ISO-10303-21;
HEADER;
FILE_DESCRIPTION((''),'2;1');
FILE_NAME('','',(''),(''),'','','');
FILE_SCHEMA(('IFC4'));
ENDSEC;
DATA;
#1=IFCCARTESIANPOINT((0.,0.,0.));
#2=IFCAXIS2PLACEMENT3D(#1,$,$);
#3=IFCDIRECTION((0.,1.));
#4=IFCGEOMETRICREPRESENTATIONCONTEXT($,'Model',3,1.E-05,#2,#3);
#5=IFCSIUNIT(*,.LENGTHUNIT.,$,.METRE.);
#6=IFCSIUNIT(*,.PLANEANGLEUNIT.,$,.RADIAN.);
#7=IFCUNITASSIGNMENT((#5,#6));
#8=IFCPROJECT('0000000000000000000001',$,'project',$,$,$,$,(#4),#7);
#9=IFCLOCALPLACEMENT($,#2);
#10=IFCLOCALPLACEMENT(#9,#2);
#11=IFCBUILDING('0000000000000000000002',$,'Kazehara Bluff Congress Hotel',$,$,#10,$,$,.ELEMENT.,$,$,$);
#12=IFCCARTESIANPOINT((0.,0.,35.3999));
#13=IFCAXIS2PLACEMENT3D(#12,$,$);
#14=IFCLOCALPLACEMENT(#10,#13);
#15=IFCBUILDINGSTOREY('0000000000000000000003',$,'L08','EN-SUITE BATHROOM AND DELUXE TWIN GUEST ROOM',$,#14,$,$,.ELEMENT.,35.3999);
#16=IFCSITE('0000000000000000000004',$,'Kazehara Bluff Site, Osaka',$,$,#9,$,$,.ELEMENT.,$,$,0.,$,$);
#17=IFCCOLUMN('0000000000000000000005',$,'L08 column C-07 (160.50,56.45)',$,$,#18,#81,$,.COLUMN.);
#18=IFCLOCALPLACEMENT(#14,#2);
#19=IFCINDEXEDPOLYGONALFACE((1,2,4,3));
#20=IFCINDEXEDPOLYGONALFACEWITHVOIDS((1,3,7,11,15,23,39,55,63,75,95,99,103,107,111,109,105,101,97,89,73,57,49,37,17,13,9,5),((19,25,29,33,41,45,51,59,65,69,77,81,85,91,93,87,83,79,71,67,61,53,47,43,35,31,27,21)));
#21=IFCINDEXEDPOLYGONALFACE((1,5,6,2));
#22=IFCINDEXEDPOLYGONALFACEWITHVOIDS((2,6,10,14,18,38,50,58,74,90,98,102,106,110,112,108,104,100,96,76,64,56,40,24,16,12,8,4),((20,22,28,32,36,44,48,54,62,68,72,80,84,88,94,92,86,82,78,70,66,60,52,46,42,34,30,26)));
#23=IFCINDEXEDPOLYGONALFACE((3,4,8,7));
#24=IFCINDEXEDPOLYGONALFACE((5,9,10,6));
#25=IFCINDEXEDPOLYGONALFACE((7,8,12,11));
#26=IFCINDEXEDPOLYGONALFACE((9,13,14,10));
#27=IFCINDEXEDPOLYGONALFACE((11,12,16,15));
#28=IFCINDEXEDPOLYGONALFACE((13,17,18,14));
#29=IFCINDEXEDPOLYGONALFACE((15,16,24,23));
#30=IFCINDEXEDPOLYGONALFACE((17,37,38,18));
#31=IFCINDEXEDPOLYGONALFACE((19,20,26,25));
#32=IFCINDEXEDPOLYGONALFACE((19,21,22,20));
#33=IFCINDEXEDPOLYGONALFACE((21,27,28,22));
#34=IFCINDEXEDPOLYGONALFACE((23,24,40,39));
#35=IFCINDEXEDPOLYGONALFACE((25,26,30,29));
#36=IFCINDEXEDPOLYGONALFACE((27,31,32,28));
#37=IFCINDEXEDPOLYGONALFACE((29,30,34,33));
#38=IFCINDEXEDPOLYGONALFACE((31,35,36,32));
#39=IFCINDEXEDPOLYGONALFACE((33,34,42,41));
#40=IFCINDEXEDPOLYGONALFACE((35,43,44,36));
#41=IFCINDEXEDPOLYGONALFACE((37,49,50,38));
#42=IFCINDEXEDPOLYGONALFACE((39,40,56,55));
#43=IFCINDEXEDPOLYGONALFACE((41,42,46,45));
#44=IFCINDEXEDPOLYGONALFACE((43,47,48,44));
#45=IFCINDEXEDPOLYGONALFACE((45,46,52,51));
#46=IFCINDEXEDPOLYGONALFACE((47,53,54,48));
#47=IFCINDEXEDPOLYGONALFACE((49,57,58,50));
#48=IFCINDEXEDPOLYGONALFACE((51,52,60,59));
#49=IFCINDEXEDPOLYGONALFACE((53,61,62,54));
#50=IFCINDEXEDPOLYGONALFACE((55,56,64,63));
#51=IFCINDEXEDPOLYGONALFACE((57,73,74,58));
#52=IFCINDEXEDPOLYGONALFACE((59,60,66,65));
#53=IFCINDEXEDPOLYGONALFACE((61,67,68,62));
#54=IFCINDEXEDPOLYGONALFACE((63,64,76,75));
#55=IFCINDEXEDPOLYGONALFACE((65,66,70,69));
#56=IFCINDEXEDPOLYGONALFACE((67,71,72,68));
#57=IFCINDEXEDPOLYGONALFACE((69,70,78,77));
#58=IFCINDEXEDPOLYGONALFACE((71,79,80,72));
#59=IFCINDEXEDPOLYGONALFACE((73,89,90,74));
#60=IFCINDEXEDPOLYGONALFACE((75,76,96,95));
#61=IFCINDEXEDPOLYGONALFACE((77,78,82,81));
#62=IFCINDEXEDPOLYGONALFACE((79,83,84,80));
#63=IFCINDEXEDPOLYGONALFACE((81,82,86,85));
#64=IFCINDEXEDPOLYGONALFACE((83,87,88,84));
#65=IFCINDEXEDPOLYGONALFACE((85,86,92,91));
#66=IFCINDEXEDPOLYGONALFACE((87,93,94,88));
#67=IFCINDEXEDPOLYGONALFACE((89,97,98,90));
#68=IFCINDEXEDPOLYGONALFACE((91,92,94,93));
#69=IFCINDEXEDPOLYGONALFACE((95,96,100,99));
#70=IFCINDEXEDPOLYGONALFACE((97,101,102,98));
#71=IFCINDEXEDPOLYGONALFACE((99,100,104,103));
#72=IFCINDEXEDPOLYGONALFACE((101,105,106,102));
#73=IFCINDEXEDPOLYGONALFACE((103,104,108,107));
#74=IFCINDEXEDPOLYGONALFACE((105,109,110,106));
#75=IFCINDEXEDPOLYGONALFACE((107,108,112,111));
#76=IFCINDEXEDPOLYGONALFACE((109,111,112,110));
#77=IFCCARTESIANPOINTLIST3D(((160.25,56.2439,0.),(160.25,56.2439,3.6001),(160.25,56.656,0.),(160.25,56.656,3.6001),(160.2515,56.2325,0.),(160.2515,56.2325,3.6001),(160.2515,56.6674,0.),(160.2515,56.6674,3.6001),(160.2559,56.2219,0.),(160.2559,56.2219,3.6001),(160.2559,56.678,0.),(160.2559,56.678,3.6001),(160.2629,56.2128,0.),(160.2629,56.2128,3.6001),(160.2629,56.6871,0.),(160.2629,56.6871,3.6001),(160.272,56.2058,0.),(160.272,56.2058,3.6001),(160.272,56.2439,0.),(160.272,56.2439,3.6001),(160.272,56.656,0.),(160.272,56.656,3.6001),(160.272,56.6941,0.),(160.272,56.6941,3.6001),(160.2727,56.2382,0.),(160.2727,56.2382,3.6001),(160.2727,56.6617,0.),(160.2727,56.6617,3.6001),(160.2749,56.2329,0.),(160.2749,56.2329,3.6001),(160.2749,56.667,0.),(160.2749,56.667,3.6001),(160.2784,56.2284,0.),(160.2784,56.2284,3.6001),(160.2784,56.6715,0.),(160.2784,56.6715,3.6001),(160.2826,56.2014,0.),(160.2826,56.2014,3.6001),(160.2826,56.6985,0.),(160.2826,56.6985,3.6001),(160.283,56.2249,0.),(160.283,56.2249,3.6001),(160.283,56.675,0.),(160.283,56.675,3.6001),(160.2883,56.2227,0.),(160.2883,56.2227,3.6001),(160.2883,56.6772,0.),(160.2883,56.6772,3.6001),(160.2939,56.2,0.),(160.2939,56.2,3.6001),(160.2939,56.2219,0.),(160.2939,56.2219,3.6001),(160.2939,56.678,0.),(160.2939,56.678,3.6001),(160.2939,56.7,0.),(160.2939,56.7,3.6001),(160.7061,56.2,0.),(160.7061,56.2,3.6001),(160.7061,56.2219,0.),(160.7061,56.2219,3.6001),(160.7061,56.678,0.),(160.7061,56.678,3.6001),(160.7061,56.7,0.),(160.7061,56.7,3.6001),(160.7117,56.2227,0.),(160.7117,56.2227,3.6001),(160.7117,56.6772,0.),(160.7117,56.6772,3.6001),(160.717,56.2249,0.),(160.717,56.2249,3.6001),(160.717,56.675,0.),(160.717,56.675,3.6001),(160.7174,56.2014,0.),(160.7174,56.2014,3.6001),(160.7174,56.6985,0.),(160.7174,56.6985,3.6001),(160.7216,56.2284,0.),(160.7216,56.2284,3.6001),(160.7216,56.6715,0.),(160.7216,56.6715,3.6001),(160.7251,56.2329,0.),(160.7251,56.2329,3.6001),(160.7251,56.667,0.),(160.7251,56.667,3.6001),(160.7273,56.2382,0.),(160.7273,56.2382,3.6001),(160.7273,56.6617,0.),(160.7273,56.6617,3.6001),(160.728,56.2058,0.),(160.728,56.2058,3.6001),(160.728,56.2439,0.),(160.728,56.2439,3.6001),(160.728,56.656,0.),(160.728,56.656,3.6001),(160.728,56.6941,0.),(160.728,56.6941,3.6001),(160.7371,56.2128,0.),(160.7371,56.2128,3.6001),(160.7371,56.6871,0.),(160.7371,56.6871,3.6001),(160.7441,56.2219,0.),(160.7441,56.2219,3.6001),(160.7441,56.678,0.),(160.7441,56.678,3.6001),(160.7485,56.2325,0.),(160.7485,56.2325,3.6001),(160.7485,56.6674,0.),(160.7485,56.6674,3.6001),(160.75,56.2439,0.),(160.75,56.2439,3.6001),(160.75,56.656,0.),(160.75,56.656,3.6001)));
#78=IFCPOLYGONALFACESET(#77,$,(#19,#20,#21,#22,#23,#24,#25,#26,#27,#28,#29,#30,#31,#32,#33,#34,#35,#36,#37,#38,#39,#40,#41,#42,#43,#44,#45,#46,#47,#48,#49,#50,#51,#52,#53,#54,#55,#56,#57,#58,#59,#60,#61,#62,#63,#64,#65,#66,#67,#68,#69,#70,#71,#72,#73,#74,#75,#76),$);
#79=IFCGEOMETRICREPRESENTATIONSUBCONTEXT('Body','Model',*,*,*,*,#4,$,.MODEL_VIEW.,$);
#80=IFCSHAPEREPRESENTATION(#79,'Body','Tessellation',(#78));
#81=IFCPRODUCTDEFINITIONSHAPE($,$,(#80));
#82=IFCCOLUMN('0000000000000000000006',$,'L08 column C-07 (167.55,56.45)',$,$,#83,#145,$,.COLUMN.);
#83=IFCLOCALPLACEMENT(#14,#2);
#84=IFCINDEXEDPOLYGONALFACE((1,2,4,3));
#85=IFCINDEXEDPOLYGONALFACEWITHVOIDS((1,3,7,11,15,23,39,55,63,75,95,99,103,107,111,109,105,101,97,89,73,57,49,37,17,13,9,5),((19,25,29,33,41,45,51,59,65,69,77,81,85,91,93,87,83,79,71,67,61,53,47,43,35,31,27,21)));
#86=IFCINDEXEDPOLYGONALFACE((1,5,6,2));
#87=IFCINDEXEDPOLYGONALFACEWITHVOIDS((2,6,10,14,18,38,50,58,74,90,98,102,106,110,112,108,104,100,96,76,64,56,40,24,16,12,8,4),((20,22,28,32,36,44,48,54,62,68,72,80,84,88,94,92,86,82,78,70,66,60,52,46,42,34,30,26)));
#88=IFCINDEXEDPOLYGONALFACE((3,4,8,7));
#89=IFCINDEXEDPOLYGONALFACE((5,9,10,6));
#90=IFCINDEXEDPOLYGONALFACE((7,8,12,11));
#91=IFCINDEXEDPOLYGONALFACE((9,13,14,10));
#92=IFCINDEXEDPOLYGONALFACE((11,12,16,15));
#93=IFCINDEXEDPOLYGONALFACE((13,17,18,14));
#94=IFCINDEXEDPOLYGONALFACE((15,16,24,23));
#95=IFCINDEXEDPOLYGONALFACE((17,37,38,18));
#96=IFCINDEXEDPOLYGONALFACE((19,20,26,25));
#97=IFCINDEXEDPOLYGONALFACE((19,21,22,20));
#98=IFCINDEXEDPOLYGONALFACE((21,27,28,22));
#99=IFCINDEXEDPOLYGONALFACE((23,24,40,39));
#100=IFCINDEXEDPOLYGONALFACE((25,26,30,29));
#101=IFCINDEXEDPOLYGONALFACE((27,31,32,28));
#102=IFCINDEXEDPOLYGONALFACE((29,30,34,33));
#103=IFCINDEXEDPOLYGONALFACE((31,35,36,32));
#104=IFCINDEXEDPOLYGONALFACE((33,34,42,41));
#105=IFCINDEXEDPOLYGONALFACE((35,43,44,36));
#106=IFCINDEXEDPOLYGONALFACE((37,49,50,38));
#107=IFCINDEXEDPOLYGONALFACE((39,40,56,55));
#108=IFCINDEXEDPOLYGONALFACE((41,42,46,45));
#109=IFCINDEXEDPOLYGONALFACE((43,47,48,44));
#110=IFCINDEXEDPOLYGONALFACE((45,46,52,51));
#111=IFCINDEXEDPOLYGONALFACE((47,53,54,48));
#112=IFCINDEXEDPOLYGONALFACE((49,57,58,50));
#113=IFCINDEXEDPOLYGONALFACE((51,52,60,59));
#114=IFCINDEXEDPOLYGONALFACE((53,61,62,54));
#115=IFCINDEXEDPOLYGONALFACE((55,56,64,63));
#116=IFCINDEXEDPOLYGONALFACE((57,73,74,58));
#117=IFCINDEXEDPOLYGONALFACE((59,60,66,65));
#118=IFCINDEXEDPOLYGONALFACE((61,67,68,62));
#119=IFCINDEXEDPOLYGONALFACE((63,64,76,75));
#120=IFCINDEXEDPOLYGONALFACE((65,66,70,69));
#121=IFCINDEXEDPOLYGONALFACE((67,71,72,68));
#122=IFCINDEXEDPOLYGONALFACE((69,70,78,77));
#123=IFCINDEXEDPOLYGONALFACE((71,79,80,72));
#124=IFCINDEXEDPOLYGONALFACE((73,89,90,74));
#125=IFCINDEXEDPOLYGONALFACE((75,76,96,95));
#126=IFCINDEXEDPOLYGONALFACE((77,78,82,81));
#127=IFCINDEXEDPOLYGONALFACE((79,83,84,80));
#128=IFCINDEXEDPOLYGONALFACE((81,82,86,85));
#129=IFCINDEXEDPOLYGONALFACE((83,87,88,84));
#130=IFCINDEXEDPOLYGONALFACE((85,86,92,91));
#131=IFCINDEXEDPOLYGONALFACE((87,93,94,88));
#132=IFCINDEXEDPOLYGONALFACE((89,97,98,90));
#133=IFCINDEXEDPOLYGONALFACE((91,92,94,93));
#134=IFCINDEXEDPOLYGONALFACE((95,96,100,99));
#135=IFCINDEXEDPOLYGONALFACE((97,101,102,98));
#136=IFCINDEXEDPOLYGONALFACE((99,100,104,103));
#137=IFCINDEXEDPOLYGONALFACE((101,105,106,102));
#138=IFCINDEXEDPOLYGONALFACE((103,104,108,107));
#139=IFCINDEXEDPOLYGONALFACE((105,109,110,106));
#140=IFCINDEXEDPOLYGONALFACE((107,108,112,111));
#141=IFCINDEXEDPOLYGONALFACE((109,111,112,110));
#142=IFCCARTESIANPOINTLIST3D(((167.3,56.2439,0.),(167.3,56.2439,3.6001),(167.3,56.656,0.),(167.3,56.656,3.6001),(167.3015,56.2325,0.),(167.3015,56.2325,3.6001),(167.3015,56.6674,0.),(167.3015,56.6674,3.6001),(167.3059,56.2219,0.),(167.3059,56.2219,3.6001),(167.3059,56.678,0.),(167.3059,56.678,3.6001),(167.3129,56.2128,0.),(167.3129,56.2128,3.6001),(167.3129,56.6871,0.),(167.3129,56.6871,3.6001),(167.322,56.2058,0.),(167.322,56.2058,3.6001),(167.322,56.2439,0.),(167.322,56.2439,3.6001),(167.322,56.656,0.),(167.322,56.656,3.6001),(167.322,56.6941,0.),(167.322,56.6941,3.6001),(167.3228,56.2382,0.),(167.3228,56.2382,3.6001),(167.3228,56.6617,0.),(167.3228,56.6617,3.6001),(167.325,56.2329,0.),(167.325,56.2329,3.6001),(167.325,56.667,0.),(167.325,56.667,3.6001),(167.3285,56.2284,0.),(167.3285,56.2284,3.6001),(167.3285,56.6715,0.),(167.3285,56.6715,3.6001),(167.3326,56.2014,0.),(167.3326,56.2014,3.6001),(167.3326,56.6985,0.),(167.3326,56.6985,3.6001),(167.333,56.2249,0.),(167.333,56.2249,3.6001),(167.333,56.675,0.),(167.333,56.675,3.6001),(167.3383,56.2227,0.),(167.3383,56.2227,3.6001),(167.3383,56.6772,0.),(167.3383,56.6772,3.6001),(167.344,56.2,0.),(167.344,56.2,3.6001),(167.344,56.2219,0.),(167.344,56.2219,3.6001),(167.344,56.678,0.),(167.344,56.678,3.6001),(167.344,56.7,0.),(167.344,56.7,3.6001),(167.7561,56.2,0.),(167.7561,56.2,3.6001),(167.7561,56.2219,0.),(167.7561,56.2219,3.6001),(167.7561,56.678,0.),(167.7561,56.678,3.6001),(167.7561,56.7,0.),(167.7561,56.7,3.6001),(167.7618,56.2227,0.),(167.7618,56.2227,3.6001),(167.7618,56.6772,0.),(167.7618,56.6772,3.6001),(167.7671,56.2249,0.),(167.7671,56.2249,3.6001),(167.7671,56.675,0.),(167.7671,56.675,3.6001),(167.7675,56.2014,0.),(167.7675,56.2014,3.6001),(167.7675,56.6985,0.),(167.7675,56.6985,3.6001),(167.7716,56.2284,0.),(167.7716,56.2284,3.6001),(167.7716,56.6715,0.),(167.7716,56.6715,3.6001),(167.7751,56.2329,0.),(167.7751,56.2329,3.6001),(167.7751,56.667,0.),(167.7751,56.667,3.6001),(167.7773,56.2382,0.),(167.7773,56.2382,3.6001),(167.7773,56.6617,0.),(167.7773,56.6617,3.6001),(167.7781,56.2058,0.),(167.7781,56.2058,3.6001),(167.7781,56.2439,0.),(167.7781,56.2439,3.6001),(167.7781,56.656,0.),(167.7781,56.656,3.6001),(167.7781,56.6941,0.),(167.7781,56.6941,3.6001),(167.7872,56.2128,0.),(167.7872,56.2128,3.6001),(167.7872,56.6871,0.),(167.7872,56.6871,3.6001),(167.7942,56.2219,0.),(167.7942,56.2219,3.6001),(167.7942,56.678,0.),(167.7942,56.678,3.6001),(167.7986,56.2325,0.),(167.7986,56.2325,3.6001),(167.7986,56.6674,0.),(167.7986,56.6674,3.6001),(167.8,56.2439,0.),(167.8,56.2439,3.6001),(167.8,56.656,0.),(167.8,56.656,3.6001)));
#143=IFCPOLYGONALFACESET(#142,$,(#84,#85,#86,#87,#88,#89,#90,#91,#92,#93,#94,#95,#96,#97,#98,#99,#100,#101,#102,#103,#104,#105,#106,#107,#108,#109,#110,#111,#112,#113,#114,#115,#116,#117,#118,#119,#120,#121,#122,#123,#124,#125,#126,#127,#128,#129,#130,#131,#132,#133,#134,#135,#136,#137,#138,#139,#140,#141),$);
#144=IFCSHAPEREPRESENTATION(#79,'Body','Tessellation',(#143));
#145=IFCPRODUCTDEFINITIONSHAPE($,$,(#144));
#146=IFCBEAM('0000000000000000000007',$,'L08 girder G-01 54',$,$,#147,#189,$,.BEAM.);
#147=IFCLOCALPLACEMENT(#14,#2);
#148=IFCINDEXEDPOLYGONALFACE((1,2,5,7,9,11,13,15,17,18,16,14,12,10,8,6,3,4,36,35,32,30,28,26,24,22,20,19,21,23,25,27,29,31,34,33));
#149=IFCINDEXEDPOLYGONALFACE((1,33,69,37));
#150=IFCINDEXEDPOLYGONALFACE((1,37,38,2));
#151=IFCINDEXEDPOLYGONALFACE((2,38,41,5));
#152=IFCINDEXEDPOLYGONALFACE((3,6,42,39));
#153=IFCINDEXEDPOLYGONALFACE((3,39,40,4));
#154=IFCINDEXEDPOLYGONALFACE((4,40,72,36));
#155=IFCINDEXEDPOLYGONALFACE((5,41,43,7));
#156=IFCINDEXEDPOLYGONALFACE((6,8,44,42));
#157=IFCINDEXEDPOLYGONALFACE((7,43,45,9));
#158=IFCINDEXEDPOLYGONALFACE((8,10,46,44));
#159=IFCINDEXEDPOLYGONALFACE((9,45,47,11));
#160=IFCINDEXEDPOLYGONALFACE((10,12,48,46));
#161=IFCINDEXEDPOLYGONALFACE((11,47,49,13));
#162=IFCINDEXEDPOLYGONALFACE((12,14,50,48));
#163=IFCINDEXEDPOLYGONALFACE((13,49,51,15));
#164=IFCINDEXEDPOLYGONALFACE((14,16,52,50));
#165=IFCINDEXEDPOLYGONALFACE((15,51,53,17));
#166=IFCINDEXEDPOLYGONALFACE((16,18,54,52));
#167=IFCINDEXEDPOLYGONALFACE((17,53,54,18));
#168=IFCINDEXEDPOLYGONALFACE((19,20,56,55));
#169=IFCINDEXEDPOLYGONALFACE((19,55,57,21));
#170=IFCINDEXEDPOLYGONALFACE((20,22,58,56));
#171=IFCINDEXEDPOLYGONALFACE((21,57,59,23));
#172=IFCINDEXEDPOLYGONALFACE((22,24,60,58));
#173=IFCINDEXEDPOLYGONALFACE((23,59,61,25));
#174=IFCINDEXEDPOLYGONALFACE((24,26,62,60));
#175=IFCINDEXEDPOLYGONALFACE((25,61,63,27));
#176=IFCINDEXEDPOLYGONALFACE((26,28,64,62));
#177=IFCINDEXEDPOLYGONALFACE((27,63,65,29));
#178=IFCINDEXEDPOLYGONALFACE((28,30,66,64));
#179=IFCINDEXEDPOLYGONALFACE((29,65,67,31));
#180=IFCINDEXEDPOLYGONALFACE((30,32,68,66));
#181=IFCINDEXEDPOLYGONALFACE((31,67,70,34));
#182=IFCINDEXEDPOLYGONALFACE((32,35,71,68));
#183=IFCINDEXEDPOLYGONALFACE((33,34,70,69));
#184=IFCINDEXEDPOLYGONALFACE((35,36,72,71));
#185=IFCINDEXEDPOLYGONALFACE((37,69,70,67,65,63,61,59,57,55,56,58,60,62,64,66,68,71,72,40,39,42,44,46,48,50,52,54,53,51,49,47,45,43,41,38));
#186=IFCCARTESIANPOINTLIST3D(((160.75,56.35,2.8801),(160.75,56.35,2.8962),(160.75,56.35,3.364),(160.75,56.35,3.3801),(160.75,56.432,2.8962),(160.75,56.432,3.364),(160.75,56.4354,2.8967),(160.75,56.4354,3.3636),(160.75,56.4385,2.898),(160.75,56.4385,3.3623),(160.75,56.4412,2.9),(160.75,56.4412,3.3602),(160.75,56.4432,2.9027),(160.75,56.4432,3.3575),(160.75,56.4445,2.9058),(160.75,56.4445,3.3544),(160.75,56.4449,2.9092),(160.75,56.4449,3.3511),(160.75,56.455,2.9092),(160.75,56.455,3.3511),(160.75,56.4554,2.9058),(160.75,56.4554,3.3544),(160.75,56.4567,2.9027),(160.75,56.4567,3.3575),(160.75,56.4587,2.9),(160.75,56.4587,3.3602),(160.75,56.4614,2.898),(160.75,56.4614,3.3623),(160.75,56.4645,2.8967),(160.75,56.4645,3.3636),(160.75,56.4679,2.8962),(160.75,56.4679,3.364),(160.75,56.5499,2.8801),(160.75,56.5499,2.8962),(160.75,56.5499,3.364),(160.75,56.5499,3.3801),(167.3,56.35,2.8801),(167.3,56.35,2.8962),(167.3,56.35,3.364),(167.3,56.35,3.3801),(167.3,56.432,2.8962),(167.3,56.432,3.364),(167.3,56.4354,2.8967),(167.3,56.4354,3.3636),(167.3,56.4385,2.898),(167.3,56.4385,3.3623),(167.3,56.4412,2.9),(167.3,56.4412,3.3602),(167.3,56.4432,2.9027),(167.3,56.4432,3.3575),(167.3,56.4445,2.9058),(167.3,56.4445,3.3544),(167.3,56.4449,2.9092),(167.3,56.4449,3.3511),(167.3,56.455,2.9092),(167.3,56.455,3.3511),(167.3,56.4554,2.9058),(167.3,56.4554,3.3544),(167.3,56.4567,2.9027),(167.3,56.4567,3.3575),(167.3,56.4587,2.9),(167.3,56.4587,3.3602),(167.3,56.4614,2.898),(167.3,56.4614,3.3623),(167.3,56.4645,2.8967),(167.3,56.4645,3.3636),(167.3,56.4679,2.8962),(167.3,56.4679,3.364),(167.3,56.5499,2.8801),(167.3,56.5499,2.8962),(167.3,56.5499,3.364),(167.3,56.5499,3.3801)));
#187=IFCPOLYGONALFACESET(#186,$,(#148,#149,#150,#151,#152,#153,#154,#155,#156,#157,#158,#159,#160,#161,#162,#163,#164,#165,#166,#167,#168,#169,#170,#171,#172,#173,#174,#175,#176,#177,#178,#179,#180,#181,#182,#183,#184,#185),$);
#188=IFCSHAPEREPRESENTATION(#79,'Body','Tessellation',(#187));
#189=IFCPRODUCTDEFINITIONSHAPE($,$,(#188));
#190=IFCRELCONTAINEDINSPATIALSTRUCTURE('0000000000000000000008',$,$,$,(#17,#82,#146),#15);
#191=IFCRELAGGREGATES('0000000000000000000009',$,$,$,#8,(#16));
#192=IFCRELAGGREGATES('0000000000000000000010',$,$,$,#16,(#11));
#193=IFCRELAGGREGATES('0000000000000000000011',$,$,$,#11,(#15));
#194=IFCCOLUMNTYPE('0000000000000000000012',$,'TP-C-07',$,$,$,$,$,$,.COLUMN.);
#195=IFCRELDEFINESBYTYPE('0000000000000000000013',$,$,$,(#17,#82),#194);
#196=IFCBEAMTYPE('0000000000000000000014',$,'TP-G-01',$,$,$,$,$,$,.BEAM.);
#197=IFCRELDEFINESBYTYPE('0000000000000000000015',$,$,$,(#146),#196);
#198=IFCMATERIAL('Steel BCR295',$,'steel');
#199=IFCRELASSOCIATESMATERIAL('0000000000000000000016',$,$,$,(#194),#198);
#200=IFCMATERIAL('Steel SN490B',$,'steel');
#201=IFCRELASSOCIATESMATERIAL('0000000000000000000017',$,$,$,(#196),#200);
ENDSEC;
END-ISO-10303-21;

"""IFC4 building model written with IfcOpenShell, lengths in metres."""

from ifc_helpers import new_model, si_unit, direction, frame, origin, origin_2d, place, context, subcontext, project, spatial, hollow_rectangle, i_section, extrude, material, material_profile, profile_set, type_object, element, save


model = new_model("IFC4")

# Units and contexts
model_context = context("Model", 3, precision=1e-05, world=origin(), true_north=direction((0.0, 1.0)))
body_context = subcontext(model_context, "Body", "Model", "MODEL_VIEW")
ifc_project = project(units=[si_unit("LENGTHUNIT", "METRE"), si_unit("PLANEANGLEUNIT", "RADIAN")], contexts=[model_context])

# Site, building, storey
site_placement = place(None, origin())
site = spatial("IfcSite", under=ifc_project, at=site_placement, Name="Kazehara Bluff Site, Osaka", CompositionType="ELEMENT", RefElevation=0.0)
building_placement = place(site_placement, origin())
building = spatial("IfcBuilding", under=site, at=building_placement, Name="Kazehara Bluff Congress Hotel", CompositionType="ELEMENT")
storey_placement = place(building_placement, frame((0.0, 0.0, 35.3999)))
storey = spatial("IfcBuildingStorey", under=building, at=storey_placement, Name="L08", Description="EN-SUITE BATHROOM AND DELUXE TWIN GUEST ROOM", CompositionType="ELEMENT", Elevation=35.3999)

# Columns
ifc_material_1 = material(Name="Steel BCR295", Category="steel")
ifc_material_profile_1 = material_profile(ifc_material_1, hollow_rectangle(XDim=0.5, YDim=0.5, WallThickness=0.022, InnerFilletRadius=0.022, OuterFilletRadius=0.0439, at=origin_2d()))
ifc_profile_set_1 = profile_set([ifc_material_profile_1], Name="Steel BCR295")
column_type = type_object("IfcColumnType", Name="TP-C-07", PredefinedType="COLUMN", material=ifc_profile_set_1)
for number, where, z_axis, x_axis, name in (
    (1, (160.5, 56.45, 0.0), (0.0, 0.0, 1.0), (1.0, 0.0, 0.0), "L08 column C-07 (160.50,56.45)"),
    (2, (167.55, 56.45, 0.0), (0.0, 0.0, 1.0), (1.0, 0.0, 0.0), "L08 column C-07 (167.55,56.45)"),
):
    element("IfcColumn", number, at=place(storey_placement, frame(where, z_axis=z_axis, x_axis=x_axis)), inside=storey, type_object=column_type, Name=name, PredefinedType="COLUMN", context=body_context, shape_type="SweptSolid", body=[
        extrude(hollow_rectangle(XDim=0.5, YDim=0.5, WallThickness=0.022, InnerFilletRadius=0.022, OuterFilletRadius=0.0439, at=origin_2d()), origin(), (0.0, 0.0, 1.0), 3.6001),
    ])

# Beam
ifc_material_2 = material(Name="Steel SN490B", Category="steel")
ifc_material_profile_2 = material_profile(ifc_material_2, i_section(OverallWidth=0.2, OverallDepth=0.5, WebThickness=0.01, FlangeThickness=0.0161, FilletRadius=0.0129, at=origin_2d()))
ifc_profile_set_2 = profile_set([ifc_material_profile_2], Name="Steel SN490B")
beam_type_1 = type_object("IfcBeamType", Name="TP-G-01", PredefinedType="BEAM", material=ifc_profile_set_2)
beam_1_placement = place(storey_placement, frame((160.75, 56.45, 3.1301), z_axis=(1.0, 0.0, 0.0), x_axis=(0.0, 1.0, 0.0)))
element("IfcBeam", 3, at=beam_1_placement, inside=storey, type_object=beam_type_1, Name="L08 girder G-01 54", PredefinedType="BEAM", context=body_context, shape_type="SweptSolid", body=[
    extrude(i_section(OverallWidth=0.2, OverallDepth=0.5, WebThickness=0.01, FlangeThickness=0.0161, FilletRadius=0.0129, at=origin_2d()), origin(), (0.0, 0.0, 1.0), 6.55),
])

save(model, "model.ifc")
